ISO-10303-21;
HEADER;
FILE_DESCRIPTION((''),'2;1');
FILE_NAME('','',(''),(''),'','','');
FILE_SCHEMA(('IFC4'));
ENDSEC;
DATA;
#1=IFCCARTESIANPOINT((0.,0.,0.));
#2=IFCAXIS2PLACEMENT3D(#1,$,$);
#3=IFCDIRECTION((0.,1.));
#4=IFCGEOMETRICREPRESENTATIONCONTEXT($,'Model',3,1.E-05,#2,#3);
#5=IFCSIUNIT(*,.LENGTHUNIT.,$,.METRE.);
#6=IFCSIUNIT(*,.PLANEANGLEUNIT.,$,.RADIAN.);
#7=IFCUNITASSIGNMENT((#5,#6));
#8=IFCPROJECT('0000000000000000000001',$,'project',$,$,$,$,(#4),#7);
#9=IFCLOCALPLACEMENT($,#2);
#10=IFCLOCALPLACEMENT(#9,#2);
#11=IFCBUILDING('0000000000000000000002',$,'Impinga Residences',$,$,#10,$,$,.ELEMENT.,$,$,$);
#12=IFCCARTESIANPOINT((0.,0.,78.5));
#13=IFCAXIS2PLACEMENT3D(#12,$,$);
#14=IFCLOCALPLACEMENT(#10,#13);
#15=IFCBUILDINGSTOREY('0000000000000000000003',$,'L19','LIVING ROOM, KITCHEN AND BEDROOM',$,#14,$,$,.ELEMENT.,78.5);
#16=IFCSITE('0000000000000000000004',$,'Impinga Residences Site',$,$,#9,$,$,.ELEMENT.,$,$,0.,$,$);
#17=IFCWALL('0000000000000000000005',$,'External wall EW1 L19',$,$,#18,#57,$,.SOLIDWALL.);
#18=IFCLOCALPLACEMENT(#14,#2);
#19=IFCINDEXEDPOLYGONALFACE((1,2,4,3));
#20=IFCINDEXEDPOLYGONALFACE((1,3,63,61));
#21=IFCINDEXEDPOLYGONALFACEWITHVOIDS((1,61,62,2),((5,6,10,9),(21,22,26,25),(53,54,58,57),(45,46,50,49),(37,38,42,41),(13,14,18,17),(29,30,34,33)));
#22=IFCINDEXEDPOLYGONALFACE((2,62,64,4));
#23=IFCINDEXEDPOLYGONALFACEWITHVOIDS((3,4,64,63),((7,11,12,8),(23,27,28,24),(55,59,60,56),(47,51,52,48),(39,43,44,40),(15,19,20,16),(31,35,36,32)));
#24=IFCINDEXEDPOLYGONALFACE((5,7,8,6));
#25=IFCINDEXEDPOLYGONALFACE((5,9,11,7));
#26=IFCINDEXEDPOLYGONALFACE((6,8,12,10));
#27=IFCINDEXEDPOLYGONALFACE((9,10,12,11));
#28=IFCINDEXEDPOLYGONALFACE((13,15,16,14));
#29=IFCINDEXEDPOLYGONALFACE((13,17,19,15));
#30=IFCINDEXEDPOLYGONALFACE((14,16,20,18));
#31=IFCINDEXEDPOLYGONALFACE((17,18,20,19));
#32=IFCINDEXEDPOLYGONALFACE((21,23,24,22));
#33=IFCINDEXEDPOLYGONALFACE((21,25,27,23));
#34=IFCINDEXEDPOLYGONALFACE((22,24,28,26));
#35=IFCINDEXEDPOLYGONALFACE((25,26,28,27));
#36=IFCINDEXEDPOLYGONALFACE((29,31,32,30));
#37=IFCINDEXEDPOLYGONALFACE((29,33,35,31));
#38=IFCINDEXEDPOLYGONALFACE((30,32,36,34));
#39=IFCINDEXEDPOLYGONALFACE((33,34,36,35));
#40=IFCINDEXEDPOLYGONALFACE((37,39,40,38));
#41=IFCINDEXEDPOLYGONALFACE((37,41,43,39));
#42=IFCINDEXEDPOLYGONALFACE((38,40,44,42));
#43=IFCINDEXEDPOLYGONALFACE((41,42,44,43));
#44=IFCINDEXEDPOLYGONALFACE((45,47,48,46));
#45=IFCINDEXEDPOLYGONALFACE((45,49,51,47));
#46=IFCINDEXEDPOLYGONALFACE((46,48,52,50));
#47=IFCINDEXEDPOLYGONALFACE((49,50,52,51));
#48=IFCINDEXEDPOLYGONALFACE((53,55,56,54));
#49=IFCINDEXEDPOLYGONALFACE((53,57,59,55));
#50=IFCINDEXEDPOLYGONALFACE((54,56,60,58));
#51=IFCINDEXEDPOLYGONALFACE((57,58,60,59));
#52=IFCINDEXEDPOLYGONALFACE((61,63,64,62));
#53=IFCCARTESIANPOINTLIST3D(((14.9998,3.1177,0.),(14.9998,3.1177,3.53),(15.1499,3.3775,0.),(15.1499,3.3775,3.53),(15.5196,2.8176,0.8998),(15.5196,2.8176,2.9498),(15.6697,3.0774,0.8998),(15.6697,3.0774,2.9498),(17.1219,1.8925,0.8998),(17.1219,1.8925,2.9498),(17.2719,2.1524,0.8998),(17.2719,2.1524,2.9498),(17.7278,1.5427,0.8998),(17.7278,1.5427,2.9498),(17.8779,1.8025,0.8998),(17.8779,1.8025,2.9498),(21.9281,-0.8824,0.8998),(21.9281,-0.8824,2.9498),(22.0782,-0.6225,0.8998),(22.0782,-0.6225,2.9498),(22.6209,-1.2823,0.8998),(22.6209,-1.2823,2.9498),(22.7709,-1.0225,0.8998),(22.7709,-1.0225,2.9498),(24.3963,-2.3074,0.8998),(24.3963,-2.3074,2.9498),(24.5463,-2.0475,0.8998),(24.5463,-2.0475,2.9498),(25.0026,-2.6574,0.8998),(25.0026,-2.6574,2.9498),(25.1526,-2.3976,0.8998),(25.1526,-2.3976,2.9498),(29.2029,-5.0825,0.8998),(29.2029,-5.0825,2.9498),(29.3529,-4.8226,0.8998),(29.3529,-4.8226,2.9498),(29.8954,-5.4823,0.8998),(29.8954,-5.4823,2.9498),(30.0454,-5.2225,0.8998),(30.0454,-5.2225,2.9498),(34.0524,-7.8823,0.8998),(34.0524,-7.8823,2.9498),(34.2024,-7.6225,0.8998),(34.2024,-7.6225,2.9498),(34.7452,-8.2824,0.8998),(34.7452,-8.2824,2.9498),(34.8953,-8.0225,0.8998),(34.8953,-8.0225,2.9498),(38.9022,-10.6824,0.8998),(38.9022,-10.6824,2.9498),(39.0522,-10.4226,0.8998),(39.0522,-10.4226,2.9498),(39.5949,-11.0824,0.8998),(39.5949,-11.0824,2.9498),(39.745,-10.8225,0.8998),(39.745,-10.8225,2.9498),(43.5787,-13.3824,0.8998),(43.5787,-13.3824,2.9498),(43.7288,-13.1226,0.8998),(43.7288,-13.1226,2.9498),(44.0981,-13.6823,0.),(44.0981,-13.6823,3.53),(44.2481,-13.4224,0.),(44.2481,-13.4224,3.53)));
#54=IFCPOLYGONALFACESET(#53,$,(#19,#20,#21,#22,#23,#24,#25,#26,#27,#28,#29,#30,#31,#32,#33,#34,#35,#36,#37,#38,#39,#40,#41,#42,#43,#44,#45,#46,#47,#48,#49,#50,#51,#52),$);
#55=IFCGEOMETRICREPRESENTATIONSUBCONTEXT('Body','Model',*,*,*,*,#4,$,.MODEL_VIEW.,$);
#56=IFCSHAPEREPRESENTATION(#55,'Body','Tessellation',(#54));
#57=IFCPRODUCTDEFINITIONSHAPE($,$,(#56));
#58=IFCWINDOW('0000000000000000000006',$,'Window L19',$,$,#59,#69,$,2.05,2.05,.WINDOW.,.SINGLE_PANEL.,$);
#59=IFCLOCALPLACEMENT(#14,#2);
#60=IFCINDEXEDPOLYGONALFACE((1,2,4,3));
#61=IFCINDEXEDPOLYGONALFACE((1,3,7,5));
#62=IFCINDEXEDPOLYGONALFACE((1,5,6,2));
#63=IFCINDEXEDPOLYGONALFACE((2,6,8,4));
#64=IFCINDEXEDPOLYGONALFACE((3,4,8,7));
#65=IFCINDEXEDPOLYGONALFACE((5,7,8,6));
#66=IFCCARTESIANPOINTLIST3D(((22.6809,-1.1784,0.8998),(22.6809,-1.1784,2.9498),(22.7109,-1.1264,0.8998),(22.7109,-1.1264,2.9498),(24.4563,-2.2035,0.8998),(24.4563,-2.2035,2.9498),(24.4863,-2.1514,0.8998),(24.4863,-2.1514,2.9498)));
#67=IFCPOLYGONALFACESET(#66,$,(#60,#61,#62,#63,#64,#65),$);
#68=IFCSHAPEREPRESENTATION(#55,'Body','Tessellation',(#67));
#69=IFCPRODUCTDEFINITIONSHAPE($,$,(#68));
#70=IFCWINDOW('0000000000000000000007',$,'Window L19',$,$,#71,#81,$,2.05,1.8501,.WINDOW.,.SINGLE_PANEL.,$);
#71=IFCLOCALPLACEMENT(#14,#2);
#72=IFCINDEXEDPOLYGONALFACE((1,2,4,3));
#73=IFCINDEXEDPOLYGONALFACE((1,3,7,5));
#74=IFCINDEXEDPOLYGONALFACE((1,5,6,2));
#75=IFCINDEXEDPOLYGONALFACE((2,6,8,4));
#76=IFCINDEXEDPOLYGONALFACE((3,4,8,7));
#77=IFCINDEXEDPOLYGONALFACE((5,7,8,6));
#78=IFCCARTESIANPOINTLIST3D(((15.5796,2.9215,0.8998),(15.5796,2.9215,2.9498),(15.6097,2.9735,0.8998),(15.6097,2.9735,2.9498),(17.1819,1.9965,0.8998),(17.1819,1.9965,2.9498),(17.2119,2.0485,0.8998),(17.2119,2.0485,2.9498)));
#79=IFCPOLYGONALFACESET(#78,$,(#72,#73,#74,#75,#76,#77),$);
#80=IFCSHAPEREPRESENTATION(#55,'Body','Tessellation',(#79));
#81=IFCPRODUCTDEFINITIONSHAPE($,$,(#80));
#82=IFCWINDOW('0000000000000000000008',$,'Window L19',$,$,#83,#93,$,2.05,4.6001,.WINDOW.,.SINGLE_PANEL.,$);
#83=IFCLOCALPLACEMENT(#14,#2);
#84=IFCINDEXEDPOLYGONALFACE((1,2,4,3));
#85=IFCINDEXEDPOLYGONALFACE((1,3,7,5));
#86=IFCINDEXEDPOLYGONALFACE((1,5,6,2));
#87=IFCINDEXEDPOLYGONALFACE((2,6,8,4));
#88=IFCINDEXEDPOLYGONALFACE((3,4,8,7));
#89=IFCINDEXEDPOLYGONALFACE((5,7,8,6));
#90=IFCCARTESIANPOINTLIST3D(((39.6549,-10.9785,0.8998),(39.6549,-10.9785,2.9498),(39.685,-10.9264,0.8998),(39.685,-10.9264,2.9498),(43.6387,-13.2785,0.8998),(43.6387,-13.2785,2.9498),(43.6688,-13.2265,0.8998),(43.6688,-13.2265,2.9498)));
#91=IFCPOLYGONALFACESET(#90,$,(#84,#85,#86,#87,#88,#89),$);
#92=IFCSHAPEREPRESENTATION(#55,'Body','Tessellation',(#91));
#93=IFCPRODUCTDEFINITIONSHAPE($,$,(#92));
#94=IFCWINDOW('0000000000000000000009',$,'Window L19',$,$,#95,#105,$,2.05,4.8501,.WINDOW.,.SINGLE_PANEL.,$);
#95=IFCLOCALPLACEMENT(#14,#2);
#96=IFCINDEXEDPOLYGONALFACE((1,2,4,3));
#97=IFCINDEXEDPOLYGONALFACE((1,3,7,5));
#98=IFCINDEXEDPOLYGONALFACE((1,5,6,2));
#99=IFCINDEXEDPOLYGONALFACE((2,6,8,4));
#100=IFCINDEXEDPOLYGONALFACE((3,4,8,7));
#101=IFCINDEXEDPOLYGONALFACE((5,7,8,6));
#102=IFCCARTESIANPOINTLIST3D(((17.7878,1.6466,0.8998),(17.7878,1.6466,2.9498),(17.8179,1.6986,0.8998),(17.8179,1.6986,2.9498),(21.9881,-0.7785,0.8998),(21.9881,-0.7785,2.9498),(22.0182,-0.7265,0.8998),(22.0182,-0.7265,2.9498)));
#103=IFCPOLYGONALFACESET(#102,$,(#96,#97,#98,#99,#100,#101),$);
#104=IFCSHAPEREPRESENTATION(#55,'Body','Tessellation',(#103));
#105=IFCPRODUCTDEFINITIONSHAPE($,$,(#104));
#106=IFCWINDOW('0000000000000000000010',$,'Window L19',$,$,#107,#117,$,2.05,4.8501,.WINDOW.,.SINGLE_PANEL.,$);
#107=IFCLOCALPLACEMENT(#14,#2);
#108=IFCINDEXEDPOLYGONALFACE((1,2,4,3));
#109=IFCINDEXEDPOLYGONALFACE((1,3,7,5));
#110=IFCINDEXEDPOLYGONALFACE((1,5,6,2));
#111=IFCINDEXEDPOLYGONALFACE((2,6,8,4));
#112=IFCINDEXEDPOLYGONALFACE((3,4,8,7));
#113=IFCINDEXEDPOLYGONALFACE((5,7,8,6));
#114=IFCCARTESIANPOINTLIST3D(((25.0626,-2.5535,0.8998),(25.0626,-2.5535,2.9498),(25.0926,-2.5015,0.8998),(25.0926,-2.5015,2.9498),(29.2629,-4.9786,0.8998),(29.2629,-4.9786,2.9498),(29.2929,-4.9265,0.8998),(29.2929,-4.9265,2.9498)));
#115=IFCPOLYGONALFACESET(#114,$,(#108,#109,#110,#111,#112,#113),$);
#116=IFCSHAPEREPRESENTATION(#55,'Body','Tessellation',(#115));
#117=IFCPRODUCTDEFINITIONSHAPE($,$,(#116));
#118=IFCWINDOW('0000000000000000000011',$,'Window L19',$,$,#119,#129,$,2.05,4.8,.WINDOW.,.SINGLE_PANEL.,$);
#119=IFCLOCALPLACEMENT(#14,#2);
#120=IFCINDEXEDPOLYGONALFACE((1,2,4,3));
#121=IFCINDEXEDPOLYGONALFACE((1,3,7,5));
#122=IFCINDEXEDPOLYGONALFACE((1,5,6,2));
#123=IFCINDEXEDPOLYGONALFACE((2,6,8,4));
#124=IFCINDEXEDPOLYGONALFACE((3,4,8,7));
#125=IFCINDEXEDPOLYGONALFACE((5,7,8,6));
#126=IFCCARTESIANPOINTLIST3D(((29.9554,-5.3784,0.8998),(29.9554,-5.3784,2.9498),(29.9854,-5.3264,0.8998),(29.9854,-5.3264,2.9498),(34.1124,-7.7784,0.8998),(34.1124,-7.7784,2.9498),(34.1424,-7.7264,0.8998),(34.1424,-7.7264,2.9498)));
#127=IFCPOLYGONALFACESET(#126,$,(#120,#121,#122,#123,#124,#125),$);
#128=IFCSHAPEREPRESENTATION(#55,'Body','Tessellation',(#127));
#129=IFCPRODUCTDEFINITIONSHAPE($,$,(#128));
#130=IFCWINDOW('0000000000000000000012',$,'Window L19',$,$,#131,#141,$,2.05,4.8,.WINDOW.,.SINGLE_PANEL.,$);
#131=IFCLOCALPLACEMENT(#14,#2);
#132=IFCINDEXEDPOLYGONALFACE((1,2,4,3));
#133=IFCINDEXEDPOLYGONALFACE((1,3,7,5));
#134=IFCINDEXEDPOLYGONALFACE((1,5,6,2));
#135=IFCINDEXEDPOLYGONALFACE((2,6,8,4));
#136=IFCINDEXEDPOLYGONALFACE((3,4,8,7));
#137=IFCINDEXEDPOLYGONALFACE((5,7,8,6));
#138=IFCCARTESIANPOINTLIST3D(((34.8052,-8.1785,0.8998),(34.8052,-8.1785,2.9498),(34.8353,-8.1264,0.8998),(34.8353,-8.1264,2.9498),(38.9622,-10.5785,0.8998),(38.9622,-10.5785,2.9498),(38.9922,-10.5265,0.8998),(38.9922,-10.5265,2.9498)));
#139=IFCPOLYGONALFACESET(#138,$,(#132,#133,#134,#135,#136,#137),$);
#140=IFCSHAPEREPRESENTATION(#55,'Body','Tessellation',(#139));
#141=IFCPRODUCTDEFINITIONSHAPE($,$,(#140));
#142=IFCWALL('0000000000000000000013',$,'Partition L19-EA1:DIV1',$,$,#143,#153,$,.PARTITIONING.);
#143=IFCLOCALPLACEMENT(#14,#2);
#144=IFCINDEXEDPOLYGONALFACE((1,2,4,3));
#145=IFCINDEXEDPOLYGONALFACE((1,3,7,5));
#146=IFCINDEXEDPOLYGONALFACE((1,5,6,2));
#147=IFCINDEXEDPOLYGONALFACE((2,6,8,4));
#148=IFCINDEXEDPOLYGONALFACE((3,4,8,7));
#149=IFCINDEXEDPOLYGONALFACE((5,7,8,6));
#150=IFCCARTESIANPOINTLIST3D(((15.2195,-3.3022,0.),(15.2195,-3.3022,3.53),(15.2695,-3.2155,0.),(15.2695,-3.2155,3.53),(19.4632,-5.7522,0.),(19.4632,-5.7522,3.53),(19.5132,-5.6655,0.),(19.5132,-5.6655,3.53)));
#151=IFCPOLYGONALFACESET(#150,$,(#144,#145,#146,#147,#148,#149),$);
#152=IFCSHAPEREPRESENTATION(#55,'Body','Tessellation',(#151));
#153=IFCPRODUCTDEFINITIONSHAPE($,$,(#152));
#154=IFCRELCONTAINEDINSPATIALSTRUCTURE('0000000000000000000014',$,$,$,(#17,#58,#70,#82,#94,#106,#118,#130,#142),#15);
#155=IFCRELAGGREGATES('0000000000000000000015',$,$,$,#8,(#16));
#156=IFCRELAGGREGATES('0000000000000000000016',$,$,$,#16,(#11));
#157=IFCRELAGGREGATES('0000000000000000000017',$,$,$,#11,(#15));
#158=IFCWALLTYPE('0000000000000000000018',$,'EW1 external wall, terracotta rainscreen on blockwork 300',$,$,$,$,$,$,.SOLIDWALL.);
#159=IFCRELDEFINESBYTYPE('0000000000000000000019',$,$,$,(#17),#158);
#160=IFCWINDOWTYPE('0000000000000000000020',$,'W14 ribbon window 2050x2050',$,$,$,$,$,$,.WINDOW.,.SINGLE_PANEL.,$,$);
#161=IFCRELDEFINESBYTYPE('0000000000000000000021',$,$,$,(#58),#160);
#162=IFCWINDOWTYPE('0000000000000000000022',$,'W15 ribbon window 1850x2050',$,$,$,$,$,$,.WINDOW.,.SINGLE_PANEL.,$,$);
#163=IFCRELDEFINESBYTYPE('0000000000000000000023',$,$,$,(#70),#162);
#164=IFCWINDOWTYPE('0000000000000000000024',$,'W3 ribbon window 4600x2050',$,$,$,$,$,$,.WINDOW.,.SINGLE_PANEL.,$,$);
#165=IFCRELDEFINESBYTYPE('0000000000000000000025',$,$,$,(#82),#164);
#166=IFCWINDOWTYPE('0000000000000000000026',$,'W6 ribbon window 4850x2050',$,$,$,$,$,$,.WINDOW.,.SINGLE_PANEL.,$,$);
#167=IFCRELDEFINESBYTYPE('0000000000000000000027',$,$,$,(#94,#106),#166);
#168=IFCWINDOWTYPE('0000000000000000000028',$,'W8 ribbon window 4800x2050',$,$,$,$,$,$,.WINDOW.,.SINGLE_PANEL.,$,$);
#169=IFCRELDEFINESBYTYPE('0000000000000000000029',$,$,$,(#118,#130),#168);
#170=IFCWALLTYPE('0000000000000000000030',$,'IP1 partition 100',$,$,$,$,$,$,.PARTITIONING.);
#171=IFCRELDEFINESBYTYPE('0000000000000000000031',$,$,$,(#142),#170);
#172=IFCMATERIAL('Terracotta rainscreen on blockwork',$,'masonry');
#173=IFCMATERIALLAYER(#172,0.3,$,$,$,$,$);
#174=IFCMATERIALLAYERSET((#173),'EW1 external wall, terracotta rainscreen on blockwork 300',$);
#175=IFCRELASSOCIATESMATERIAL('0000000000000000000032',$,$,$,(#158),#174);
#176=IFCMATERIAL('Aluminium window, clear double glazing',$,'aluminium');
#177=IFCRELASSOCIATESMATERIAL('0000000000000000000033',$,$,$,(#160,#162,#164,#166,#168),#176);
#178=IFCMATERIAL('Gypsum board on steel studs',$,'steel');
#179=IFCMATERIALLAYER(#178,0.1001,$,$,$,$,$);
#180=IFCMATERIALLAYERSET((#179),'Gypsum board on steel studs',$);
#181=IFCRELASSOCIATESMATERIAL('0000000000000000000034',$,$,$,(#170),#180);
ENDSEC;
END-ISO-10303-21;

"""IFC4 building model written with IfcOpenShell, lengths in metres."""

from ifc_helpers import new_model, si_unit, direction, frame, frame_2d, origin, place, context, subcontext, project, spatial, rectangle, extrude, material, layer, layer_set, type_object, element, fill, save


model = new_model("IFC4")

# Units and contexts
model_context = context("Model", 3, precision=1e-05, world=origin(), true_north=direction((0.0, 1.0)))
body_context = subcontext(model_context, "Body", "Model", "MODEL_VIEW")
ifc_project = project(units=[si_unit("LENGTHUNIT", "METRE"), si_unit("PLANEANGLEUNIT", "RADIAN")], contexts=[model_context])

# Site, building, storey
site_placement = place(None, origin())
site = spatial("IfcSite", under=ifc_project, at=site_placement, Name="Impinga Residences Site", CompositionType="ELEMENT", RefElevation=0.0)
building_placement = place(site_placement, origin())
building = spatial("IfcBuilding", under=site, at=building_placement, Name="Impinga Residences", CompositionType="ELEMENT")
storey_placement = place(building_placement, frame((0.0, 0.0, 78.5)))
storey = spatial("IfcBuildingStorey", under=building, at=storey_placement, Name="L19", Description="LIVING ROOM, KITCHEN AND BEDROOM", CompositionType="ELEMENT", Elevation=78.5)

# Wall, openings, windows
ifc_material_1 = material(Name="Terracotta rainscreen on blockwork", Category="masonry")
ifc_layer_1 = layer(ifc_material_1, 0.3)
ifc_layer_set_1 = layer_set([ifc_layer_1], Name="EW1 external wall, terracotta rainscreen on blockwork 300")
wall_type_1 = type_object("IfcWallType", Name="EW1 external wall, terracotta rainscreen on blockwork 300", PredefinedType="SOLIDWALL", material=ifc_layer_set_1)
wall_1_placement = place(storey_placement, frame((15.075, 3.2476, 0.0), z_axis=(0.0, 0.0, 1.0), x_axis=(0.866024, -0.500002, 0.0)))
wall_1 = element("IfcWall", 1, at=wall_1_placement, inside=storey, type_object=wall_type_1, Name="External wall EW1 L19", PredefinedType="SOLIDWALL", context=body_context, shape_type="SweptSolid", body=[
    extrude(rectangle(XDim=33.5999, YDim=0.3, at=frame_2d((16.7998, 0.0))), origin(), (0.0, 0.0, 1.0), 3.53),
])
opening_1_placement = place(wall_1_placement, frame((0.6001, 0.0, 0.8999)))
opening_1 = element("IfcOpeningElement", 2, at=opening_1_placement, cuts=wall_1, PredefinedType="OPENING", context=body_context, shape_type="SweptSolid", body=[
    extrude(rectangle(XDim=1.8501, YDim=2.05, at=frame_2d((0.925, 1.0249))), frame((0.0, 0.1599, 0.0), z_axis=(0.0, -1.0, 0.0), x_axis=(1.0, 0.0, 0.0)), (0.0, 0.0, 1.0), 0.3201),
])
opening_2_placement = place(wall_1_placement, frame((3.1499, 0.0, 0.8999)))
opening_2 = element("IfcOpeningElement", 3, at=opening_2_placement, cuts=wall_1, PredefinedType="OPENING", context=body_context, shape_type="SweptSolid", body=[
    extrude(rectangle(XDim=4.8501, YDim=2.05, at=frame_2d((2.425, 1.0249))), frame((0.0, 0.1599, 0.0), z_axis=(0.0, -1.0, 0.0), x_axis=(1.0, 0.0, 0.0)), (0.0, 0.0, 1.0), 0.3201),
])
opening_3_placement = place(wall_1_placement, frame((8.8, 0.0, 0.8999)))
opening_3 = element("IfcOpeningElement", 4, at=opening_3_placement, cuts=wall_1, PredefinedType="OPENING", context=body_context, shape_type="SweptSolid", body=[
    extrude(rectangle(XDim=2.05, YDim=2.05, at=frame_2d((1.0249, 1.0249))), frame((0.0, 0.1599, 0.0), z_axis=(0.0, -1.0, 0.0), x_axis=(1.0, 0.0, 0.0)), (0.0, 0.0, 1.0), 0.3201),
])
opening_4_placement = place(wall_1_placement, frame((11.55, 0.0, 0.8999)))
opening_4 = element("IfcOpeningElement", 5, at=opening_4_placement, cuts=wall_1, PredefinedType="OPENING", context=body_context, shape_type="SweptSolid", body=[
    extrude(rectangle(XDim=4.8501, YDim=2.05, at=frame_2d((2.425, 1.0249))), frame((0.0, 0.1599, 0.0), z_axis=(0.0, -1.0, 0.0), x_axis=(1.0, 0.0, 0.0)), (0.0, 0.0, 1.0), 0.3201),
])
opening_5_placement = place(wall_1_placement, frame((17.2, 0.0, 0.8999)))
opening_5 = element("IfcOpeningElement", 6, at=opening_5_placement, cuts=wall_1, PredefinedType="OPENING", context=body_context, shape_type="SweptSolid", body=[
    extrude(rectangle(XDim=4.8, YDim=2.05, at=frame_2d((2.3999, 1.0249))), frame((0.0, 0.1599, 0.0), z_axis=(0.0, -1.0, 0.0), x_axis=(1.0, 0.0, 0.0)), (0.0, 0.0, 1.0), 0.3201),
])
opening_6_placement = place(wall_1_placement, frame((22.8, 0.0, 0.8999)))
opening_6 = element("IfcOpeningElement", 7, at=opening_6_placement, cuts=wall_1, PredefinedType="OPENING", context=body_context, shape_type="SweptSolid", body=[
    extrude(rectangle(XDim=4.8, YDim=2.05, at=frame_2d((2.3999, 1.0249))), frame((0.0, 0.1599, 0.0), z_axis=(0.0, -1.0, 0.0), x_axis=(1.0, 0.0, 0.0)), (0.0, 0.0, 1.0), 0.3201),
])
opening_7_placement = place(wall_1_placement, frame((28.3999, 0.0, 0.8999)))
opening_7 = element("IfcOpeningElement", 8, at=opening_7_placement, cuts=wall_1, PredefinedType="OPENING", context=body_context, shape_type="SweptSolid", body=[
    extrude(rectangle(XDim=4.6001, YDim=2.05, at=frame_2d((2.3, 1.0249))), frame((0.0, 0.1599, 0.0), z_axis=(0.0, -1.0, 0.0), x_axis=(1.0, 0.0, 0.0)), (0.0, 0.0, 1.0), 0.3201),
])
ifc_material_2 = material(Name="Aluminium window, clear double glazing", Category="aluminium")
window_type_1 = type_object("IfcWindowType", Name="W14 ribbon window 2050x2050", PartitioningType="SINGLE_PANEL", PredefinedType="WINDOW", material=ifc_material_2)
window_1_placement = place(opening_3_placement, origin())
window_1 = element("IfcWindow", 9, at=window_1_placement, inside=storey, type_object=window_type_1, Name="Window L19", OverallHeight=2.05, OverallWidth=2.05, PartitioningType="SINGLE_PANEL", PredefinedType="WINDOW", context=body_context, shape_type="SweptSolid", body=[
    extrude(rectangle(XDim=2.05, YDim=2.05, at=frame_2d((1.0249, 1.0249))), frame((0.0, 0.03, 0.0), z_axis=(0.0, -1.0, 0.0), x_axis=(1.0, 0.0, 0.0)), (0.0, 0.0, 1.0), 0.0601),
])
fill(opening_3, window_1)
window_type_2 = type_object("IfcWindowType", Name="W15 ribbon window 1850x2050", PartitioningType="SINGLE_PANEL", PredefinedType="WINDOW", material=ifc_material_2)
window_2_placement = place(opening_1_placement, origin())
window_2 = element("IfcWindow", 10, at=window_2_placement, inside=storey, type_object=window_type_2, Name="Window L19", OverallHeight=2.05, OverallWidth=1.8501, PartitioningType="SINGLE_PANEL", PredefinedType="WINDOW", context=body_context, shape_type="SweptSolid", body=[
    extrude(rectangle(XDim=1.8501, YDim=2.05, at=frame_2d((0.925, 1.0249))), frame((0.0, 0.03, 0.0), z_axis=(0.0, -1.0, 0.0), x_axis=(1.0, 0.0, 0.0)), (0.0, 0.0, 1.0), 0.0601),
])
fill(opening_1, window_2)
window_type_3 = type_object("IfcWindowType", Name="W3 ribbon window 4600x2050", PartitioningType="SINGLE_PANEL", PredefinedType="WINDOW", material=ifc_material_2)
window_3_placement = place(opening_7_placement, origin())
window_3 = element("IfcWindow", 11, at=window_3_placement, inside=storey, type_object=window_type_3, Name="Window L19", OverallHeight=2.05, OverallWidth=4.6001, PartitioningType="SINGLE_PANEL", PredefinedType="WINDOW", context=body_context, shape_type="SweptSolid", body=[
    extrude(rectangle(XDim=4.6001, YDim=2.05, at=frame_2d((2.3, 1.0249))), frame((0.0, 0.03, 0.0), z_axis=(0.0, -1.0, 0.0), x_axis=(1.0, 0.0, 0.0)), (0.0, 0.0, 1.0), 0.0601),
])
fill(opening_7, window_3)
window_type_4 = type_object("IfcWindowType", Name="W6 ribbon window 4850x2050", PartitioningType="SINGLE_PANEL", PredefinedType="WINDOW", material=ifc_material_2)
window_4_placement = place(opening_2_placement, origin())
window_4 = element("IfcWindow", 12, at=window_4_placement, inside=storey, type_object=window_type_4, Name="Window L19", OverallHeight=2.05, OverallWidth=4.8501, PartitioningType="SINGLE_PANEL", PredefinedType="WINDOW", context=body_context, shape_type="SweptSolid", body=[
    extrude(rectangle(XDim=4.8501, YDim=2.05, at=frame_2d((2.425, 1.0249))), frame((0.0, 0.03, 0.0), z_axis=(0.0, -1.0, 0.0), x_axis=(1.0, 0.0, 0.0)), (0.0, 0.0, 1.0), 0.0601),
])
fill(opening_2, window_4)
window_5_placement = place(opening_4_placement, origin())
window_5 = element("IfcWindow", 13, at=window_5_placement, inside=storey, type_object=window_type_4, Name="Window L19", OverallHeight=2.05, OverallWidth=4.8501, PartitioningType="SINGLE_PANEL", PredefinedType="WINDOW", context=body_context, shape_type="SweptSolid", body=[
    extrude(rectangle(XDim=4.8501, YDim=2.05, at=frame_2d((2.425, 1.0249))), frame((0.0, 0.03, 0.0), z_axis=(0.0, -1.0, 0.0), x_axis=(1.0, 0.0, 0.0)), (0.0, 0.0, 1.0), 0.0601),
])
fill(opening_4, window_5)
window_type_5 = type_object("IfcWindowType", Name="W8 ribbon window 4800x2050", PartitioningType="SINGLE_PANEL", PredefinedType="WINDOW", material=ifc_material_2)
window_6_placement = place(opening_5_placement, origin())
window_6 = element("IfcWindow", 14, at=window_6_placement, inside=storey, type_object=window_type_5, Name="Window L19", OverallHeight=2.05, OverallWidth=4.8, PartitioningType="SINGLE_PANEL", PredefinedType="WINDOW", context=body_context, shape_type="SweptSolid", body=[
    extrude(rectangle(XDim=4.8, YDim=2.05, at=frame_2d((2.3999, 1.0249))), frame((0.0, 0.03, 0.0), z_axis=(0.0, -1.0, 0.0), x_axis=(1.0, 0.0, 0.0)), (0.0, 0.0, 1.0), 0.0601),
])
fill(opening_5, window_6)
window_7_placement = place(opening_6_placement, origin())
window_7 = element("IfcWindow", 15, at=window_7_placement, inside=storey, type_object=window_type_5, Name="Window L19", OverallHeight=2.05, OverallWidth=4.8, PartitioningType="SINGLE_PANEL", PredefinedType="WINDOW", context=body_context, shape_type="SweptSolid", body=[
    extrude(rectangle(XDim=4.8, YDim=2.05, at=frame_2d((2.3999, 1.0249))), frame((0.0, 0.03, 0.0), z_axis=(0.0, -1.0, 0.0), x_axis=(1.0, 0.0, 0.0)), (0.0, 0.0, 1.0), 0.0601),
])
fill(opening_6, window_7)

# Wall
ifc_material_3 = material(Name="Gypsum board on steel studs", Category="steel")
ifc_layer_2 = layer(ifc_material_3, 0.1001)
ifc_layer_set_2 = layer_set([ifc_layer_2], Name="Gypsum board on steel studs")
wall_type_2 = type_object("IfcWallType", Name="IP1 partition 100", PredefinedType="PARTITIONING", material=ifc_layer_set_2)
wall_2_placement = place(storey_placement, frame((15.2444, -3.2588, 0.0), z_axis=(0.0, 0.0, 1.0), x_axis=(0.866036, -0.499981, 0.0)))
element("IfcWall", 16, at=wall_2_placement, inside=storey, type_object=wall_type_2, Name="Partition L19-EA1:DIV1", PredefinedType="PARTITIONING", context=body_context, shape_type="SweptSolid", body=[
    extrude(rectangle(XDim=4.9001, YDim=0.1001, at=frame_2d((2.4502, 0.0))), origin(), (0.0, 0.0, 1.0), 3.53),
])

save(model, "model.ifc")
